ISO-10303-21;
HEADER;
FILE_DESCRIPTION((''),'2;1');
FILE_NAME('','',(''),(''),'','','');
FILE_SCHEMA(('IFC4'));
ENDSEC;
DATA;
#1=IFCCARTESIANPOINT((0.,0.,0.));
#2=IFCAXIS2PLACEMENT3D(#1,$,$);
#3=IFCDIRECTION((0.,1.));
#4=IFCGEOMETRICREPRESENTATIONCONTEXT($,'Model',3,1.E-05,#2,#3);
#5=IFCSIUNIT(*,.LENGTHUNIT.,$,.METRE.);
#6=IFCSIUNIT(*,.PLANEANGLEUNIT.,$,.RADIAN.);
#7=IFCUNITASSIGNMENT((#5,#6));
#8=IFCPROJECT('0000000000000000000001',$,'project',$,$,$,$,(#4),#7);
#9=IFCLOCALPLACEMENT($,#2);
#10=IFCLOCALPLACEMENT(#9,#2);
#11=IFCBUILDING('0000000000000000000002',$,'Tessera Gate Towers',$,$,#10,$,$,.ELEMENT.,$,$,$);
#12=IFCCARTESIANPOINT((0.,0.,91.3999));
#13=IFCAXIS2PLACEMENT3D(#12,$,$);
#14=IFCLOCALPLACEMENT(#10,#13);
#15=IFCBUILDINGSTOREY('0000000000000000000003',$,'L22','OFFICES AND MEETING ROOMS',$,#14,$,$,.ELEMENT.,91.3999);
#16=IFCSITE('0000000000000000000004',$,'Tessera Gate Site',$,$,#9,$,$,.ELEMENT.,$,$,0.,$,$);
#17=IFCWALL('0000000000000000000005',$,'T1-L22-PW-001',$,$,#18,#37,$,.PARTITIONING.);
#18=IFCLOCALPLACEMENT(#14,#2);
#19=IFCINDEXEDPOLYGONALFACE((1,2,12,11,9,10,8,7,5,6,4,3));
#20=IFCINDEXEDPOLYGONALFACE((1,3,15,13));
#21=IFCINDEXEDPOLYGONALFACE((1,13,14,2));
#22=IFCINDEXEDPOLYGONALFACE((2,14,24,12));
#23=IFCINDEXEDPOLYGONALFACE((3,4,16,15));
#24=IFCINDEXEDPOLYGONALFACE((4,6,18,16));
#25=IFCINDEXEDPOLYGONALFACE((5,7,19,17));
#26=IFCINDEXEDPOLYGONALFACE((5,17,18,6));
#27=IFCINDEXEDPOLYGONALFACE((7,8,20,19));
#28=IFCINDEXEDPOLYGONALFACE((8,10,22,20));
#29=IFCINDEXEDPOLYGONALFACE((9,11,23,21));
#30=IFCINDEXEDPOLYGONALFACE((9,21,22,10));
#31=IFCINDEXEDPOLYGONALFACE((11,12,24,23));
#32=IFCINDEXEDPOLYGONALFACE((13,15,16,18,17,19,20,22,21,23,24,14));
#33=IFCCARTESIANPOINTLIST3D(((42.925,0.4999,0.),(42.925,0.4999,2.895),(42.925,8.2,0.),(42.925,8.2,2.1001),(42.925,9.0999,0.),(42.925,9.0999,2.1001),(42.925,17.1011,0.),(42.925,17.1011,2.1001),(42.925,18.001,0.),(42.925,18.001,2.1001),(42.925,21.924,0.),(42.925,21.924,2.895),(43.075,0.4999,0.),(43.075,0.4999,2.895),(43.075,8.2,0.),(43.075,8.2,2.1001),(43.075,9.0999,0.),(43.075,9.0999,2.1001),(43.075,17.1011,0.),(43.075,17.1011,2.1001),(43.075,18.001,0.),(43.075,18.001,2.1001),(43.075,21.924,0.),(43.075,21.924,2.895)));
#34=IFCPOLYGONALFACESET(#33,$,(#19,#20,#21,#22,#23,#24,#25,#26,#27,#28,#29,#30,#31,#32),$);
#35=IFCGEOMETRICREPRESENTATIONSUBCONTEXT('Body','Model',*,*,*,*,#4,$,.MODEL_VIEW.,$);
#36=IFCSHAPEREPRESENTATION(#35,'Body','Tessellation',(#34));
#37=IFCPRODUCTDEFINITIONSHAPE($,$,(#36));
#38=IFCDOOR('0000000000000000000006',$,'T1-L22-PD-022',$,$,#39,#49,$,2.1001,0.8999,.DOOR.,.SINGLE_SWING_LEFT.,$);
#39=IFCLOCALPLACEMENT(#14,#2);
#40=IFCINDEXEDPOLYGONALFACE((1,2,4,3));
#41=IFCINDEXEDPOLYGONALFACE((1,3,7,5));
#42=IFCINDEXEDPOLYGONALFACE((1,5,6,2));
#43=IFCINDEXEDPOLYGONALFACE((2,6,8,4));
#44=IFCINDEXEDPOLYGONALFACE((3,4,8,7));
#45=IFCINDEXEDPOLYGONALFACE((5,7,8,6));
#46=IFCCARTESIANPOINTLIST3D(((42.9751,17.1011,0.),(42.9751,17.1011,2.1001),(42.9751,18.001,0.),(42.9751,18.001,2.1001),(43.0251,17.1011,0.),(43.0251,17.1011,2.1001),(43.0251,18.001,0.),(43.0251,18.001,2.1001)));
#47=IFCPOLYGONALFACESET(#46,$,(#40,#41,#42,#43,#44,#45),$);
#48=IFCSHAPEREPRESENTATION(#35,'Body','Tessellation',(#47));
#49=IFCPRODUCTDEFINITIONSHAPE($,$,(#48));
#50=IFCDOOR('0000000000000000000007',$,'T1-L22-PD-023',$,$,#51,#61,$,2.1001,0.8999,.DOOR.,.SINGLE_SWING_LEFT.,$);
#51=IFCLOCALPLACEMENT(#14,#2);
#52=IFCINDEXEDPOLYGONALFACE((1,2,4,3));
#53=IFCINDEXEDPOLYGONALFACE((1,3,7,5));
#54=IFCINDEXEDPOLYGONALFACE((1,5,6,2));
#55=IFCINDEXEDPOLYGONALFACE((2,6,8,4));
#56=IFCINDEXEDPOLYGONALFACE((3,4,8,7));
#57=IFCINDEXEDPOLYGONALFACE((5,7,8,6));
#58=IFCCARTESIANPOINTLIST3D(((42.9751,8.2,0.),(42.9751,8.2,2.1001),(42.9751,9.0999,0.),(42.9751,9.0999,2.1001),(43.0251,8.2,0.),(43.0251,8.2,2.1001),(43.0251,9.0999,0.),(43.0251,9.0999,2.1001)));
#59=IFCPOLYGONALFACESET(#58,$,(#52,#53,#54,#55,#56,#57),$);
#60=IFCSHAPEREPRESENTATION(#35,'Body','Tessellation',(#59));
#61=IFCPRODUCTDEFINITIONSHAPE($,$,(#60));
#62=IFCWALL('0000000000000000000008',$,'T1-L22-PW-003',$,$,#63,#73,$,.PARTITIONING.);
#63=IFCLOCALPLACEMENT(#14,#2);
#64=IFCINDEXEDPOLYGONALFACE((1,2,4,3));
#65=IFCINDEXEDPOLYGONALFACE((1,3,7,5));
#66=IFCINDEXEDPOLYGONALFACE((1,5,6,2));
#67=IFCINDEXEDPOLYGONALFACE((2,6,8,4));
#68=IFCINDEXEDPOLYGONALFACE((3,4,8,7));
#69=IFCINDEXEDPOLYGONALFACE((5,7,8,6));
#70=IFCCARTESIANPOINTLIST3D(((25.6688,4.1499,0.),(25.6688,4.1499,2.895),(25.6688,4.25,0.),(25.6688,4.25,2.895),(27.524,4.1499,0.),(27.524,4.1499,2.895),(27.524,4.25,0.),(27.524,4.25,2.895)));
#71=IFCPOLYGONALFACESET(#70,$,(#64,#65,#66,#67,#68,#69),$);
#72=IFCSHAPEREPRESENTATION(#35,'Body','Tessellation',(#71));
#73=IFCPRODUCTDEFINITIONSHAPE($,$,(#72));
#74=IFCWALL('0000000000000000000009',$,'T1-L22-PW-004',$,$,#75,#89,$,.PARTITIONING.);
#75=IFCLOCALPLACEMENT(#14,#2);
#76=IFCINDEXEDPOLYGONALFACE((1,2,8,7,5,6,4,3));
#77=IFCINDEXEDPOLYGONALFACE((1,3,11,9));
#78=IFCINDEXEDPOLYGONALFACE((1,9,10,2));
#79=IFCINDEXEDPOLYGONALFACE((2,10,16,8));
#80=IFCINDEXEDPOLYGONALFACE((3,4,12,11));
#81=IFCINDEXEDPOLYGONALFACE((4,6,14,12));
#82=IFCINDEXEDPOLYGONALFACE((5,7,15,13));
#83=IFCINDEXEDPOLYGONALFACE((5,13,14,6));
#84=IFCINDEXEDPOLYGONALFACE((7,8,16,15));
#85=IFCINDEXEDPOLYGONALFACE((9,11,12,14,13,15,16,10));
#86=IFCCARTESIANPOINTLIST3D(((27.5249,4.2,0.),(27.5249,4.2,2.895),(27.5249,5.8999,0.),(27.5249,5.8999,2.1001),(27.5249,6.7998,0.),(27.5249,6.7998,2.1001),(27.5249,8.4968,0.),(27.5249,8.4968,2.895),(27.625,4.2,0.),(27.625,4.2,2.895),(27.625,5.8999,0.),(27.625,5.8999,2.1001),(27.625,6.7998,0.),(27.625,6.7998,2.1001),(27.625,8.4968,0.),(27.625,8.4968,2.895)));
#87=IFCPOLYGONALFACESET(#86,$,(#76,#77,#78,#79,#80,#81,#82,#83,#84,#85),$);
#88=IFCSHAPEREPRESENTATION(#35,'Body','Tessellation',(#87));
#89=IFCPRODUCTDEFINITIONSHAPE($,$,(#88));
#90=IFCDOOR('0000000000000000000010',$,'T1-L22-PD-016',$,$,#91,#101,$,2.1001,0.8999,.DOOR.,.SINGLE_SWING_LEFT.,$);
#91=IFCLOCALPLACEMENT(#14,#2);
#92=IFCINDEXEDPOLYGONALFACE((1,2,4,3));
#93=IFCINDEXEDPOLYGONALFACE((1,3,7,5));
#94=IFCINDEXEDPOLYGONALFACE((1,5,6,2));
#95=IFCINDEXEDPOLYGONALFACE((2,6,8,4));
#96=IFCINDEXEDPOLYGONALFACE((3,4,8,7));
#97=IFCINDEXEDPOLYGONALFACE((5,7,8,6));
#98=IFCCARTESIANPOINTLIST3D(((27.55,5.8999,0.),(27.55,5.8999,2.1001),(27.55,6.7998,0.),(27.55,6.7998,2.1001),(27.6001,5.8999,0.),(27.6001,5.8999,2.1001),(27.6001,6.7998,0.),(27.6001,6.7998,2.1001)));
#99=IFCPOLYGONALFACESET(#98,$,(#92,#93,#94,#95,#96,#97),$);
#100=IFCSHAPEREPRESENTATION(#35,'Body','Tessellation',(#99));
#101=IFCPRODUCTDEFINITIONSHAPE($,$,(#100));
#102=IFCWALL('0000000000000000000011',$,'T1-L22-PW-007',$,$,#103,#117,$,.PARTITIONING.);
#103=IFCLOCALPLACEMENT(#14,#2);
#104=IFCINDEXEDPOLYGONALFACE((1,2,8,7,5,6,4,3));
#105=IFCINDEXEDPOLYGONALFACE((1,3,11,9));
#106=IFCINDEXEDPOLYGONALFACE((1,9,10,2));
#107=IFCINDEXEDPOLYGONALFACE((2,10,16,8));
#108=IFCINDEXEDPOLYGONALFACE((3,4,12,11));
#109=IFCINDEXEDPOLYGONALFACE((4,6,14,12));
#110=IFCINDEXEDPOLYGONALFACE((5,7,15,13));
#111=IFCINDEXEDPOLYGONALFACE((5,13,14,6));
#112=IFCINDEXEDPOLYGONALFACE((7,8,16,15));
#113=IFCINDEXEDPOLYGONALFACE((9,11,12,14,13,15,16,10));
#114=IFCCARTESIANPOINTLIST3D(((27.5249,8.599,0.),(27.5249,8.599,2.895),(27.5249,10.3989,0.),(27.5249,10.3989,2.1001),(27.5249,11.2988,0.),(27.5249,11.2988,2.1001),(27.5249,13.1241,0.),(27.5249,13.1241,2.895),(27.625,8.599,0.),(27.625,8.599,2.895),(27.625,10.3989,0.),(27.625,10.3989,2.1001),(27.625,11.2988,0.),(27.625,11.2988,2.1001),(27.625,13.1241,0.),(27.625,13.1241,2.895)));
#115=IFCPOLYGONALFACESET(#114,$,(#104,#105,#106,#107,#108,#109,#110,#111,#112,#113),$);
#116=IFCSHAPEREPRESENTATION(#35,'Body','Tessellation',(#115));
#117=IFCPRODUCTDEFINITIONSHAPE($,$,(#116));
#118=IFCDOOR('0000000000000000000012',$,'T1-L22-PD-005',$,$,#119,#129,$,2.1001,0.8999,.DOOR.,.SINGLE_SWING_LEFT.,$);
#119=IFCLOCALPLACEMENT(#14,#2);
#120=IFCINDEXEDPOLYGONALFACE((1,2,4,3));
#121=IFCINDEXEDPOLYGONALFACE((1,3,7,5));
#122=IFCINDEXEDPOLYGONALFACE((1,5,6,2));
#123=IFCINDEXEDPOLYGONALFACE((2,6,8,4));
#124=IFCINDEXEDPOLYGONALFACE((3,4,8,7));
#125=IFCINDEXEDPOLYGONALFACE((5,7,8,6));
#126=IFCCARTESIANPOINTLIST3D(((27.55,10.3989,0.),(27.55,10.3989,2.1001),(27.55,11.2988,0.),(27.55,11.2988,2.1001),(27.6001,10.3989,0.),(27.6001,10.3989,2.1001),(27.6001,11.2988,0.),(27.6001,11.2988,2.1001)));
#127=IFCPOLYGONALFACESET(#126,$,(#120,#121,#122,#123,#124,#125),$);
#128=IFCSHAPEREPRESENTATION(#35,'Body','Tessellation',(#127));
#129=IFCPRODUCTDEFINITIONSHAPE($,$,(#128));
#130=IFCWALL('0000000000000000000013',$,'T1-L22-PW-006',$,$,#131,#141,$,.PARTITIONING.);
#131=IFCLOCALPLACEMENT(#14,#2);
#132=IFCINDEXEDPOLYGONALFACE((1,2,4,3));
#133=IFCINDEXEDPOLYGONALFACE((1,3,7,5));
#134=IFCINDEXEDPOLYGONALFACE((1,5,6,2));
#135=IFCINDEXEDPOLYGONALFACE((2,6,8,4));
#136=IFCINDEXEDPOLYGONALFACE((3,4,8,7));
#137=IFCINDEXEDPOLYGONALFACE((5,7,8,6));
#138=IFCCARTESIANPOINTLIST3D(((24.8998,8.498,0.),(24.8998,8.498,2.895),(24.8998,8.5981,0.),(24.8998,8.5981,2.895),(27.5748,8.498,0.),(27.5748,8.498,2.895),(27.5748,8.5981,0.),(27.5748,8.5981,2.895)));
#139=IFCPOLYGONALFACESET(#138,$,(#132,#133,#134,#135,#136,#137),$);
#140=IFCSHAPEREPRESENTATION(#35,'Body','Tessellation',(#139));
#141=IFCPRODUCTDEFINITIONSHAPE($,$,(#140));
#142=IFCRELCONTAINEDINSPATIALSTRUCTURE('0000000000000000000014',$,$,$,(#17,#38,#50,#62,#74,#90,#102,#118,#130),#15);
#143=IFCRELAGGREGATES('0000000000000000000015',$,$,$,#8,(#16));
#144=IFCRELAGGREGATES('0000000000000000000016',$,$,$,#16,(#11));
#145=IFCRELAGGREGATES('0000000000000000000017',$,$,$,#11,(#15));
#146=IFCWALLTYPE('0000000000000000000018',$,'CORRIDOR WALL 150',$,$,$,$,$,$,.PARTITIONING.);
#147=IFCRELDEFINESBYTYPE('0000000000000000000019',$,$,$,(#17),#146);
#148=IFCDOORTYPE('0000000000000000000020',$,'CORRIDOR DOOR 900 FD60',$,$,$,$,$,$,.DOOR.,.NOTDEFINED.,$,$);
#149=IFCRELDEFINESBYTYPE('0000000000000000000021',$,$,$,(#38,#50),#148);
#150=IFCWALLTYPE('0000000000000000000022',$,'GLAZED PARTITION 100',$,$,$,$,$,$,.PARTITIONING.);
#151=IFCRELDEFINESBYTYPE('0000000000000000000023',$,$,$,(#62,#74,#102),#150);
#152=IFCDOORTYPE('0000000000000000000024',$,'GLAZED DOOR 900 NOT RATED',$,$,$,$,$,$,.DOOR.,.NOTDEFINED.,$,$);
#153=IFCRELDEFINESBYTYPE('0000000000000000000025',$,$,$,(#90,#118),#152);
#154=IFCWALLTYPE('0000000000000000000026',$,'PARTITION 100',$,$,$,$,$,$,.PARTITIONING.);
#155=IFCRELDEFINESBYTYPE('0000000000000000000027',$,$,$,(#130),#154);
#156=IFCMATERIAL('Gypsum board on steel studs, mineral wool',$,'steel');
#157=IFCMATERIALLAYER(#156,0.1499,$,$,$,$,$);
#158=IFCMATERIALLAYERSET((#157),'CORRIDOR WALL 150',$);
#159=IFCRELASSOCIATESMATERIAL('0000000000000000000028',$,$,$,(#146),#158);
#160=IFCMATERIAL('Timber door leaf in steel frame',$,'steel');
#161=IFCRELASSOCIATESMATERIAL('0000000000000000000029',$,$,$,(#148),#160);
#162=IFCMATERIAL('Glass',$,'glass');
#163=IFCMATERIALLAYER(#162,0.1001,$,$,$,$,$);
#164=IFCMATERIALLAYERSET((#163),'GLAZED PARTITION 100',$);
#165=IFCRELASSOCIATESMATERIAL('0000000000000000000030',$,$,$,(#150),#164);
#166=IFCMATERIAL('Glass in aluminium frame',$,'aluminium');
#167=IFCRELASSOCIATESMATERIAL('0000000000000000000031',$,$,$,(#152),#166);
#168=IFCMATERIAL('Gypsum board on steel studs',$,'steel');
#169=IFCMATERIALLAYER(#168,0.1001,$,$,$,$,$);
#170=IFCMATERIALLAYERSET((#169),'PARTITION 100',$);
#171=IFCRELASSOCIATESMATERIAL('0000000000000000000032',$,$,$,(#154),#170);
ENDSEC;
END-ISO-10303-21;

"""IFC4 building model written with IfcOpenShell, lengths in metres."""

from ifc_helpers import new_model, si_unit, direction, frame, frame_2d, origin, place, context, subcontext, project, spatial, rectangle, extrude, source, transform, mapped, material, layer, layer_set, type_object, element, fill, save


model = new_model("IFC4")

# Units and contexts
model_context = context("Model", 3, precision=1e-05, world=origin(), true_north=direction((0.0, 1.0)))
body_context = subcontext(model_context, "Body", "Model", "MODEL_VIEW")
ifc_project = project(units=[si_unit("LENGTHUNIT", "METRE"), si_unit("PLANEANGLEUNIT", "RADIAN")], contexts=[model_context])

# Site, building, storey
site_placement = place(None, origin())
site = spatial("IfcSite", under=ifc_project, at=site_placement, Name="Tessera Gate Site", CompositionType="ELEMENT", RefElevation=0.0)
building_placement = place(site_placement, origin())
building = spatial("IfcBuilding", under=site, at=building_placement, Name="Tessera Gate Towers", CompositionType="ELEMENT")
storey_placement = place(building_placement, frame((0.0, 0.0, 91.3999)))
storey = spatial("IfcBuildingStorey", under=building, at=storey_placement, Name="L22", Description="OFFICES AND MEETING ROOMS", CompositionType="ELEMENT", Elevation=91.3999)

# Wall, openings, doors
ifc_material_1 = material(Name="Gypsum board on steel studs, mineral wool", Category="steel")
ifc_layer_1 = layer(ifc_material_1, 0.1499)
ifc_layer_set_1 = layer_set([ifc_layer_1], Name="CORRIDOR WALL 150")
wall_type_1 = type_object("IfcWallType", Name="CORRIDOR WALL 150", PredefinedType="PARTITIONING", material=ifc_layer_set_1)
wall_1_placement = place(storey_placement, frame((43.0, 0.5, 0.0), z_axis=(0.0, 0.0, 1.0), x_axis=(0.0, 1.0, 0.0)))
wall_1 = element("IfcWall", 1, at=wall_1_placement, inside=storey, type_object=wall_type_1, Name="T1-L22-PW-001", PredefinedType="PARTITIONING", context=body_context, shape_type="SweptSolid", body=[
    extrude(rectangle(XDim=21.4241, YDim=0.1499, at=frame_2d((10.7119, 0.0))), origin(), (0.0, 0.0, 1.0), 2.895),
])
shared_shape_1 = source(origin(), body_context, "Body", "SweptSolid", [
    extrude(rectangle(XDim=0.8999, YDim=2.1001, at=frame_2d((0.45, 1.05))), frame((0.0, 0.085, 0.0), z_axis=(0.0, -1.0, 0.0), x_axis=(1.0, 0.0, 0.0)), (0.0, 0.0, 1.0), 0.1699),
])
opening_1_placement = place(wall_1_placement, frame((16.6011, 0.0, 0.0)))
opening_1 = element("IfcOpeningElement", 2, at=opening_1_placement, cuts=wall_1, PredefinedType="OPENING", context=body_context, shape_type="MappedRepresentation", body=[
    mapped(shared_shape_1, transform((0.0, 0.0, 0.0), scale=1.0)),
])
opening_2_placement = place(wall_1_placement, frame((7.7, 0.0, 0.0)))
opening_2 = element("IfcOpeningElement", 3, at=opening_2_placement, cuts=wall_1, PredefinedType="OPENING", context=body_context, shape_type="MappedRepresentation", body=[
    mapped(shared_shape_1, transform((0.0, 0.0, 0.0), scale=1.0)),
])
ifc_material_2 = material(Name="Timber door leaf in steel frame", Category="steel")
door_type_1 = type_object("IfcDoorType", Name="CORRIDOR DOOR 900 FD60", OperationType="NOTDEFINED", PredefinedType="DOOR", material=ifc_material_2)
shared_shape_2 = source(origin(), body_context, "Body", "SweptSolid", [
    extrude(rectangle(XDim=0.8999, YDim=2.1001, at=frame_2d((0.45, 1.05))), frame((0.0, 0.0249, 0.0), z_axis=(0.0, -1.0, 0.0), x_axis=(1.0, 0.0, 0.0)), (0.0, 0.0, 1.0), 0.05),
])
door_1_placement = place(opening_1_placement, origin())
door_1 = element("IfcDoor", 4, at=door_1_placement, inside=storey, type_object=door_type_1, Name="T1-L22-PD-022", OperationType="SINGLE_SWING_LEFT", OverallHeight=2.1001, OverallWidth=0.8999, PredefinedType="DOOR", context=body_context, shape_type="MappedRepresentation", body=[
    mapped(shared_shape_2, transform((0.0, 0.0, 0.0), scale=1.0)),
])
fill(opening_1, door_1)
door_2_placement = place(opening_2_placement, origin())
door_2 = element("IfcDoor", 5, at=door_2_placement, inside=storey, type_object=door_type_1, Name="T1-L22-PD-023", OperationType="SINGLE_SWING_LEFT", OverallHeight=2.1001, OverallWidth=0.8999, PredefinedType="DOOR", context=body_context, shape_type="MappedRepresentation", body=[
    mapped(shared_shape_2, transform((0.0, 0.0, 0.0), scale=1.0)),
])
fill(opening_2, door_2)

# Wall
ifc_material_3 = material(Name="Glass", Category="glass")
ifc_layer_2 = layer(ifc_material_3, 0.1001)
ifc_layer_set_2 = layer_set([ifc_layer_2], Name="GLAZED PARTITION 100")
wall_type_2 = type_object("IfcWallType", Name="GLAZED PARTITION 100", PredefinedType="PARTITIONING", material=ifc_layer_set_2)
wall_2_placement = place(storey_placement, frame((25.6687, 4.2, 0.0), z_axis=(0.0, 0.0, 1.0), x_axis=(1.0, 0.0, 0.0)))
element("IfcWall", 6, at=wall_2_placement, inside=storey, type_object=wall_type_2, Name="T1-L22-PW-003", PredefinedType="PARTITIONING", context=body_context, shape_type="SweptSolid", body=[
    extrude(rectangle(XDim=1.8552, YDim=0.1001, at=frame_2d((0.9277, 0.0))), origin(), (0.0, 0.0, 1.0), 2.895),
])

# Walls, openings, doors
wall_3_placement = place(storey_placement, frame((27.575, 4.2, 0.0), z_axis=(0.0, 0.0, 1.0), x_axis=(0.0, 1.0, 0.0)))
wall_3 = element("IfcWall", 7, at=wall_3_placement, inside=storey, type_object=wall_type_2, Name="T1-L22-PW-004", PredefinedType="PARTITIONING", context=body_context, shape_type="SweptSolid", body=[
    extrude(rectangle(XDim=4.2969, YDim=0.1001, at=frame_2d((2.1484, 0.0))), origin(), (0.0, 0.0, 1.0), 2.895),
])
shared_shape_3 = source(origin(), body_context, "Body", "SweptSolid", [
    extrude(rectangle(XDim=0.8999, YDim=2.1001, at=frame_2d((0.45, 1.05))), frame((0.0, 0.0601, 0.0), z_axis=(0.0, -1.0, 0.0), x_axis=(1.0, 0.0, 0.0)), (0.0, 0.0, 1.0), 0.1201),
])
opening_3_placement = place(wall_3_placement, frame((1.7, 0.0, 0.0)))
opening_3 = element("IfcOpeningElement", 8, at=opening_3_placement, cuts=wall_3, PredefinedType="OPENING", context=body_context, shape_type="MappedRepresentation", body=[
    mapped(shared_shape_3, transform((0.0, 0.0, 0.0), scale=1.0)),
])
ifc_material_4 = material(Name="Glass in aluminium frame", Category="aluminium")
door_type_2 = type_object("IfcDoorType", Name="GLAZED DOOR 900 NOT RATED", OperationType="NOTDEFINED", PredefinedType="DOOR", material=ifc_material_4)
door_3_placement = place(opening_3_placement, origin())
door_3 = element("IfcDoor", 9, at=door_3_placement, inside=storey, type_object=door_type_2, Name="T1-L22-PD-016", OperationType="SINGLE_SWING_LEFT", OverallHeight=2.1001, OverallWidth=0.8999, PredefinedType="DOOR", context=body_context, shape_type="MappedRepresentation", body=[
    mapped(shared_shape_2, transform((0.0, 0.0, 0.0), scale=1.0)),
])
fill(opening_3, door_3)
wall_4_placement = place(storey_placement, frame((27.575, 8.5989, 0.0), z_axis=(0.0, 0.0, 1.0), x_axis=(0.0, 1.0, 0.0)))
wall_4 = element("IfcWall", 10, at=wall_4_placement, inside=storey, type_object=wall_type_2, Name="T1-L22-PW-007", PredefinedType="PARTITIONING", context=body_context, shape_type="SweptSolid", body=[
    extrude(rectangle(XDim=4.5251, YDim=0.1001, at=frame_2d((2.2627, 0.0))), origin(), (0.0, 0.0, 1.0), 2.895),
])
opening_4_placement = place(wall_4_placement, frame((1.8, 0.0, 0.0)))
opening_4 = element("IfcOpeningElement", 11, at=opening_4_placement, cuts=wall_4, PredefinedType="OPENING", context=body_context, shape_type="MappedRepresentation", body=[
    mapped(shared_shape_3, transform((0.0, 0.0, 0.0), scale=1.0)),
])
door_4_placement = place(opening_4_placement, origin())
door_4 = element("IfcDoor", 12, at=door_4_placement, inside=storey, type_object=door_type_2, Name="T1-L22-PD-005", OperationType="SINGLE_SWING_LEFT", OverallHeight=2.1001, OverallWidth=0.8999, PredefinedType="DOOR", context=body_context, shape_type="MappedRepresentation", body=[
    mapped(shared_shape_2, transform((0.0, 0.0, 0.0), scale=1.0)),
])
fill(opening_4, door_4)

# Wall
ifc_material_5 = material(Name="Gypsum board on steel studs", Category="steel")
ifc_layer_3 = layer(ifc_material_5, 0.1001)
ifc_layer_set_3 = layer_set([ifc_layer_3], Name="PARTITION 100")
wall_type_3 = type_object("IfcWallType", Name="PARTITION 100", PredefinedType="PARTITIONING", material=ifc_layer_set_3)
wall_5_placement = place(storey_placement, frame((24.8999, 8.5481, 0.0), z_axis=(0.0, 0.0, 1.0), x_axis=(1.0, 0.0, 0.0)))
element("IfcWall", 13, at=wall_5_placement, inside=storey, type_object=wall_type_3, Name="T1-L22-PW-006", PredefinedType="PARTITIONING", context=body_context, shape_type="SweptSolid", body=[
    extrude(rectangle(XDim=2.675, YDim=0.1001, at=frame_2d((1.3374, 0.0))), origin(), (0.0, 0.0, 1.0), 2.895),
])

save(model, "model.ifc")
